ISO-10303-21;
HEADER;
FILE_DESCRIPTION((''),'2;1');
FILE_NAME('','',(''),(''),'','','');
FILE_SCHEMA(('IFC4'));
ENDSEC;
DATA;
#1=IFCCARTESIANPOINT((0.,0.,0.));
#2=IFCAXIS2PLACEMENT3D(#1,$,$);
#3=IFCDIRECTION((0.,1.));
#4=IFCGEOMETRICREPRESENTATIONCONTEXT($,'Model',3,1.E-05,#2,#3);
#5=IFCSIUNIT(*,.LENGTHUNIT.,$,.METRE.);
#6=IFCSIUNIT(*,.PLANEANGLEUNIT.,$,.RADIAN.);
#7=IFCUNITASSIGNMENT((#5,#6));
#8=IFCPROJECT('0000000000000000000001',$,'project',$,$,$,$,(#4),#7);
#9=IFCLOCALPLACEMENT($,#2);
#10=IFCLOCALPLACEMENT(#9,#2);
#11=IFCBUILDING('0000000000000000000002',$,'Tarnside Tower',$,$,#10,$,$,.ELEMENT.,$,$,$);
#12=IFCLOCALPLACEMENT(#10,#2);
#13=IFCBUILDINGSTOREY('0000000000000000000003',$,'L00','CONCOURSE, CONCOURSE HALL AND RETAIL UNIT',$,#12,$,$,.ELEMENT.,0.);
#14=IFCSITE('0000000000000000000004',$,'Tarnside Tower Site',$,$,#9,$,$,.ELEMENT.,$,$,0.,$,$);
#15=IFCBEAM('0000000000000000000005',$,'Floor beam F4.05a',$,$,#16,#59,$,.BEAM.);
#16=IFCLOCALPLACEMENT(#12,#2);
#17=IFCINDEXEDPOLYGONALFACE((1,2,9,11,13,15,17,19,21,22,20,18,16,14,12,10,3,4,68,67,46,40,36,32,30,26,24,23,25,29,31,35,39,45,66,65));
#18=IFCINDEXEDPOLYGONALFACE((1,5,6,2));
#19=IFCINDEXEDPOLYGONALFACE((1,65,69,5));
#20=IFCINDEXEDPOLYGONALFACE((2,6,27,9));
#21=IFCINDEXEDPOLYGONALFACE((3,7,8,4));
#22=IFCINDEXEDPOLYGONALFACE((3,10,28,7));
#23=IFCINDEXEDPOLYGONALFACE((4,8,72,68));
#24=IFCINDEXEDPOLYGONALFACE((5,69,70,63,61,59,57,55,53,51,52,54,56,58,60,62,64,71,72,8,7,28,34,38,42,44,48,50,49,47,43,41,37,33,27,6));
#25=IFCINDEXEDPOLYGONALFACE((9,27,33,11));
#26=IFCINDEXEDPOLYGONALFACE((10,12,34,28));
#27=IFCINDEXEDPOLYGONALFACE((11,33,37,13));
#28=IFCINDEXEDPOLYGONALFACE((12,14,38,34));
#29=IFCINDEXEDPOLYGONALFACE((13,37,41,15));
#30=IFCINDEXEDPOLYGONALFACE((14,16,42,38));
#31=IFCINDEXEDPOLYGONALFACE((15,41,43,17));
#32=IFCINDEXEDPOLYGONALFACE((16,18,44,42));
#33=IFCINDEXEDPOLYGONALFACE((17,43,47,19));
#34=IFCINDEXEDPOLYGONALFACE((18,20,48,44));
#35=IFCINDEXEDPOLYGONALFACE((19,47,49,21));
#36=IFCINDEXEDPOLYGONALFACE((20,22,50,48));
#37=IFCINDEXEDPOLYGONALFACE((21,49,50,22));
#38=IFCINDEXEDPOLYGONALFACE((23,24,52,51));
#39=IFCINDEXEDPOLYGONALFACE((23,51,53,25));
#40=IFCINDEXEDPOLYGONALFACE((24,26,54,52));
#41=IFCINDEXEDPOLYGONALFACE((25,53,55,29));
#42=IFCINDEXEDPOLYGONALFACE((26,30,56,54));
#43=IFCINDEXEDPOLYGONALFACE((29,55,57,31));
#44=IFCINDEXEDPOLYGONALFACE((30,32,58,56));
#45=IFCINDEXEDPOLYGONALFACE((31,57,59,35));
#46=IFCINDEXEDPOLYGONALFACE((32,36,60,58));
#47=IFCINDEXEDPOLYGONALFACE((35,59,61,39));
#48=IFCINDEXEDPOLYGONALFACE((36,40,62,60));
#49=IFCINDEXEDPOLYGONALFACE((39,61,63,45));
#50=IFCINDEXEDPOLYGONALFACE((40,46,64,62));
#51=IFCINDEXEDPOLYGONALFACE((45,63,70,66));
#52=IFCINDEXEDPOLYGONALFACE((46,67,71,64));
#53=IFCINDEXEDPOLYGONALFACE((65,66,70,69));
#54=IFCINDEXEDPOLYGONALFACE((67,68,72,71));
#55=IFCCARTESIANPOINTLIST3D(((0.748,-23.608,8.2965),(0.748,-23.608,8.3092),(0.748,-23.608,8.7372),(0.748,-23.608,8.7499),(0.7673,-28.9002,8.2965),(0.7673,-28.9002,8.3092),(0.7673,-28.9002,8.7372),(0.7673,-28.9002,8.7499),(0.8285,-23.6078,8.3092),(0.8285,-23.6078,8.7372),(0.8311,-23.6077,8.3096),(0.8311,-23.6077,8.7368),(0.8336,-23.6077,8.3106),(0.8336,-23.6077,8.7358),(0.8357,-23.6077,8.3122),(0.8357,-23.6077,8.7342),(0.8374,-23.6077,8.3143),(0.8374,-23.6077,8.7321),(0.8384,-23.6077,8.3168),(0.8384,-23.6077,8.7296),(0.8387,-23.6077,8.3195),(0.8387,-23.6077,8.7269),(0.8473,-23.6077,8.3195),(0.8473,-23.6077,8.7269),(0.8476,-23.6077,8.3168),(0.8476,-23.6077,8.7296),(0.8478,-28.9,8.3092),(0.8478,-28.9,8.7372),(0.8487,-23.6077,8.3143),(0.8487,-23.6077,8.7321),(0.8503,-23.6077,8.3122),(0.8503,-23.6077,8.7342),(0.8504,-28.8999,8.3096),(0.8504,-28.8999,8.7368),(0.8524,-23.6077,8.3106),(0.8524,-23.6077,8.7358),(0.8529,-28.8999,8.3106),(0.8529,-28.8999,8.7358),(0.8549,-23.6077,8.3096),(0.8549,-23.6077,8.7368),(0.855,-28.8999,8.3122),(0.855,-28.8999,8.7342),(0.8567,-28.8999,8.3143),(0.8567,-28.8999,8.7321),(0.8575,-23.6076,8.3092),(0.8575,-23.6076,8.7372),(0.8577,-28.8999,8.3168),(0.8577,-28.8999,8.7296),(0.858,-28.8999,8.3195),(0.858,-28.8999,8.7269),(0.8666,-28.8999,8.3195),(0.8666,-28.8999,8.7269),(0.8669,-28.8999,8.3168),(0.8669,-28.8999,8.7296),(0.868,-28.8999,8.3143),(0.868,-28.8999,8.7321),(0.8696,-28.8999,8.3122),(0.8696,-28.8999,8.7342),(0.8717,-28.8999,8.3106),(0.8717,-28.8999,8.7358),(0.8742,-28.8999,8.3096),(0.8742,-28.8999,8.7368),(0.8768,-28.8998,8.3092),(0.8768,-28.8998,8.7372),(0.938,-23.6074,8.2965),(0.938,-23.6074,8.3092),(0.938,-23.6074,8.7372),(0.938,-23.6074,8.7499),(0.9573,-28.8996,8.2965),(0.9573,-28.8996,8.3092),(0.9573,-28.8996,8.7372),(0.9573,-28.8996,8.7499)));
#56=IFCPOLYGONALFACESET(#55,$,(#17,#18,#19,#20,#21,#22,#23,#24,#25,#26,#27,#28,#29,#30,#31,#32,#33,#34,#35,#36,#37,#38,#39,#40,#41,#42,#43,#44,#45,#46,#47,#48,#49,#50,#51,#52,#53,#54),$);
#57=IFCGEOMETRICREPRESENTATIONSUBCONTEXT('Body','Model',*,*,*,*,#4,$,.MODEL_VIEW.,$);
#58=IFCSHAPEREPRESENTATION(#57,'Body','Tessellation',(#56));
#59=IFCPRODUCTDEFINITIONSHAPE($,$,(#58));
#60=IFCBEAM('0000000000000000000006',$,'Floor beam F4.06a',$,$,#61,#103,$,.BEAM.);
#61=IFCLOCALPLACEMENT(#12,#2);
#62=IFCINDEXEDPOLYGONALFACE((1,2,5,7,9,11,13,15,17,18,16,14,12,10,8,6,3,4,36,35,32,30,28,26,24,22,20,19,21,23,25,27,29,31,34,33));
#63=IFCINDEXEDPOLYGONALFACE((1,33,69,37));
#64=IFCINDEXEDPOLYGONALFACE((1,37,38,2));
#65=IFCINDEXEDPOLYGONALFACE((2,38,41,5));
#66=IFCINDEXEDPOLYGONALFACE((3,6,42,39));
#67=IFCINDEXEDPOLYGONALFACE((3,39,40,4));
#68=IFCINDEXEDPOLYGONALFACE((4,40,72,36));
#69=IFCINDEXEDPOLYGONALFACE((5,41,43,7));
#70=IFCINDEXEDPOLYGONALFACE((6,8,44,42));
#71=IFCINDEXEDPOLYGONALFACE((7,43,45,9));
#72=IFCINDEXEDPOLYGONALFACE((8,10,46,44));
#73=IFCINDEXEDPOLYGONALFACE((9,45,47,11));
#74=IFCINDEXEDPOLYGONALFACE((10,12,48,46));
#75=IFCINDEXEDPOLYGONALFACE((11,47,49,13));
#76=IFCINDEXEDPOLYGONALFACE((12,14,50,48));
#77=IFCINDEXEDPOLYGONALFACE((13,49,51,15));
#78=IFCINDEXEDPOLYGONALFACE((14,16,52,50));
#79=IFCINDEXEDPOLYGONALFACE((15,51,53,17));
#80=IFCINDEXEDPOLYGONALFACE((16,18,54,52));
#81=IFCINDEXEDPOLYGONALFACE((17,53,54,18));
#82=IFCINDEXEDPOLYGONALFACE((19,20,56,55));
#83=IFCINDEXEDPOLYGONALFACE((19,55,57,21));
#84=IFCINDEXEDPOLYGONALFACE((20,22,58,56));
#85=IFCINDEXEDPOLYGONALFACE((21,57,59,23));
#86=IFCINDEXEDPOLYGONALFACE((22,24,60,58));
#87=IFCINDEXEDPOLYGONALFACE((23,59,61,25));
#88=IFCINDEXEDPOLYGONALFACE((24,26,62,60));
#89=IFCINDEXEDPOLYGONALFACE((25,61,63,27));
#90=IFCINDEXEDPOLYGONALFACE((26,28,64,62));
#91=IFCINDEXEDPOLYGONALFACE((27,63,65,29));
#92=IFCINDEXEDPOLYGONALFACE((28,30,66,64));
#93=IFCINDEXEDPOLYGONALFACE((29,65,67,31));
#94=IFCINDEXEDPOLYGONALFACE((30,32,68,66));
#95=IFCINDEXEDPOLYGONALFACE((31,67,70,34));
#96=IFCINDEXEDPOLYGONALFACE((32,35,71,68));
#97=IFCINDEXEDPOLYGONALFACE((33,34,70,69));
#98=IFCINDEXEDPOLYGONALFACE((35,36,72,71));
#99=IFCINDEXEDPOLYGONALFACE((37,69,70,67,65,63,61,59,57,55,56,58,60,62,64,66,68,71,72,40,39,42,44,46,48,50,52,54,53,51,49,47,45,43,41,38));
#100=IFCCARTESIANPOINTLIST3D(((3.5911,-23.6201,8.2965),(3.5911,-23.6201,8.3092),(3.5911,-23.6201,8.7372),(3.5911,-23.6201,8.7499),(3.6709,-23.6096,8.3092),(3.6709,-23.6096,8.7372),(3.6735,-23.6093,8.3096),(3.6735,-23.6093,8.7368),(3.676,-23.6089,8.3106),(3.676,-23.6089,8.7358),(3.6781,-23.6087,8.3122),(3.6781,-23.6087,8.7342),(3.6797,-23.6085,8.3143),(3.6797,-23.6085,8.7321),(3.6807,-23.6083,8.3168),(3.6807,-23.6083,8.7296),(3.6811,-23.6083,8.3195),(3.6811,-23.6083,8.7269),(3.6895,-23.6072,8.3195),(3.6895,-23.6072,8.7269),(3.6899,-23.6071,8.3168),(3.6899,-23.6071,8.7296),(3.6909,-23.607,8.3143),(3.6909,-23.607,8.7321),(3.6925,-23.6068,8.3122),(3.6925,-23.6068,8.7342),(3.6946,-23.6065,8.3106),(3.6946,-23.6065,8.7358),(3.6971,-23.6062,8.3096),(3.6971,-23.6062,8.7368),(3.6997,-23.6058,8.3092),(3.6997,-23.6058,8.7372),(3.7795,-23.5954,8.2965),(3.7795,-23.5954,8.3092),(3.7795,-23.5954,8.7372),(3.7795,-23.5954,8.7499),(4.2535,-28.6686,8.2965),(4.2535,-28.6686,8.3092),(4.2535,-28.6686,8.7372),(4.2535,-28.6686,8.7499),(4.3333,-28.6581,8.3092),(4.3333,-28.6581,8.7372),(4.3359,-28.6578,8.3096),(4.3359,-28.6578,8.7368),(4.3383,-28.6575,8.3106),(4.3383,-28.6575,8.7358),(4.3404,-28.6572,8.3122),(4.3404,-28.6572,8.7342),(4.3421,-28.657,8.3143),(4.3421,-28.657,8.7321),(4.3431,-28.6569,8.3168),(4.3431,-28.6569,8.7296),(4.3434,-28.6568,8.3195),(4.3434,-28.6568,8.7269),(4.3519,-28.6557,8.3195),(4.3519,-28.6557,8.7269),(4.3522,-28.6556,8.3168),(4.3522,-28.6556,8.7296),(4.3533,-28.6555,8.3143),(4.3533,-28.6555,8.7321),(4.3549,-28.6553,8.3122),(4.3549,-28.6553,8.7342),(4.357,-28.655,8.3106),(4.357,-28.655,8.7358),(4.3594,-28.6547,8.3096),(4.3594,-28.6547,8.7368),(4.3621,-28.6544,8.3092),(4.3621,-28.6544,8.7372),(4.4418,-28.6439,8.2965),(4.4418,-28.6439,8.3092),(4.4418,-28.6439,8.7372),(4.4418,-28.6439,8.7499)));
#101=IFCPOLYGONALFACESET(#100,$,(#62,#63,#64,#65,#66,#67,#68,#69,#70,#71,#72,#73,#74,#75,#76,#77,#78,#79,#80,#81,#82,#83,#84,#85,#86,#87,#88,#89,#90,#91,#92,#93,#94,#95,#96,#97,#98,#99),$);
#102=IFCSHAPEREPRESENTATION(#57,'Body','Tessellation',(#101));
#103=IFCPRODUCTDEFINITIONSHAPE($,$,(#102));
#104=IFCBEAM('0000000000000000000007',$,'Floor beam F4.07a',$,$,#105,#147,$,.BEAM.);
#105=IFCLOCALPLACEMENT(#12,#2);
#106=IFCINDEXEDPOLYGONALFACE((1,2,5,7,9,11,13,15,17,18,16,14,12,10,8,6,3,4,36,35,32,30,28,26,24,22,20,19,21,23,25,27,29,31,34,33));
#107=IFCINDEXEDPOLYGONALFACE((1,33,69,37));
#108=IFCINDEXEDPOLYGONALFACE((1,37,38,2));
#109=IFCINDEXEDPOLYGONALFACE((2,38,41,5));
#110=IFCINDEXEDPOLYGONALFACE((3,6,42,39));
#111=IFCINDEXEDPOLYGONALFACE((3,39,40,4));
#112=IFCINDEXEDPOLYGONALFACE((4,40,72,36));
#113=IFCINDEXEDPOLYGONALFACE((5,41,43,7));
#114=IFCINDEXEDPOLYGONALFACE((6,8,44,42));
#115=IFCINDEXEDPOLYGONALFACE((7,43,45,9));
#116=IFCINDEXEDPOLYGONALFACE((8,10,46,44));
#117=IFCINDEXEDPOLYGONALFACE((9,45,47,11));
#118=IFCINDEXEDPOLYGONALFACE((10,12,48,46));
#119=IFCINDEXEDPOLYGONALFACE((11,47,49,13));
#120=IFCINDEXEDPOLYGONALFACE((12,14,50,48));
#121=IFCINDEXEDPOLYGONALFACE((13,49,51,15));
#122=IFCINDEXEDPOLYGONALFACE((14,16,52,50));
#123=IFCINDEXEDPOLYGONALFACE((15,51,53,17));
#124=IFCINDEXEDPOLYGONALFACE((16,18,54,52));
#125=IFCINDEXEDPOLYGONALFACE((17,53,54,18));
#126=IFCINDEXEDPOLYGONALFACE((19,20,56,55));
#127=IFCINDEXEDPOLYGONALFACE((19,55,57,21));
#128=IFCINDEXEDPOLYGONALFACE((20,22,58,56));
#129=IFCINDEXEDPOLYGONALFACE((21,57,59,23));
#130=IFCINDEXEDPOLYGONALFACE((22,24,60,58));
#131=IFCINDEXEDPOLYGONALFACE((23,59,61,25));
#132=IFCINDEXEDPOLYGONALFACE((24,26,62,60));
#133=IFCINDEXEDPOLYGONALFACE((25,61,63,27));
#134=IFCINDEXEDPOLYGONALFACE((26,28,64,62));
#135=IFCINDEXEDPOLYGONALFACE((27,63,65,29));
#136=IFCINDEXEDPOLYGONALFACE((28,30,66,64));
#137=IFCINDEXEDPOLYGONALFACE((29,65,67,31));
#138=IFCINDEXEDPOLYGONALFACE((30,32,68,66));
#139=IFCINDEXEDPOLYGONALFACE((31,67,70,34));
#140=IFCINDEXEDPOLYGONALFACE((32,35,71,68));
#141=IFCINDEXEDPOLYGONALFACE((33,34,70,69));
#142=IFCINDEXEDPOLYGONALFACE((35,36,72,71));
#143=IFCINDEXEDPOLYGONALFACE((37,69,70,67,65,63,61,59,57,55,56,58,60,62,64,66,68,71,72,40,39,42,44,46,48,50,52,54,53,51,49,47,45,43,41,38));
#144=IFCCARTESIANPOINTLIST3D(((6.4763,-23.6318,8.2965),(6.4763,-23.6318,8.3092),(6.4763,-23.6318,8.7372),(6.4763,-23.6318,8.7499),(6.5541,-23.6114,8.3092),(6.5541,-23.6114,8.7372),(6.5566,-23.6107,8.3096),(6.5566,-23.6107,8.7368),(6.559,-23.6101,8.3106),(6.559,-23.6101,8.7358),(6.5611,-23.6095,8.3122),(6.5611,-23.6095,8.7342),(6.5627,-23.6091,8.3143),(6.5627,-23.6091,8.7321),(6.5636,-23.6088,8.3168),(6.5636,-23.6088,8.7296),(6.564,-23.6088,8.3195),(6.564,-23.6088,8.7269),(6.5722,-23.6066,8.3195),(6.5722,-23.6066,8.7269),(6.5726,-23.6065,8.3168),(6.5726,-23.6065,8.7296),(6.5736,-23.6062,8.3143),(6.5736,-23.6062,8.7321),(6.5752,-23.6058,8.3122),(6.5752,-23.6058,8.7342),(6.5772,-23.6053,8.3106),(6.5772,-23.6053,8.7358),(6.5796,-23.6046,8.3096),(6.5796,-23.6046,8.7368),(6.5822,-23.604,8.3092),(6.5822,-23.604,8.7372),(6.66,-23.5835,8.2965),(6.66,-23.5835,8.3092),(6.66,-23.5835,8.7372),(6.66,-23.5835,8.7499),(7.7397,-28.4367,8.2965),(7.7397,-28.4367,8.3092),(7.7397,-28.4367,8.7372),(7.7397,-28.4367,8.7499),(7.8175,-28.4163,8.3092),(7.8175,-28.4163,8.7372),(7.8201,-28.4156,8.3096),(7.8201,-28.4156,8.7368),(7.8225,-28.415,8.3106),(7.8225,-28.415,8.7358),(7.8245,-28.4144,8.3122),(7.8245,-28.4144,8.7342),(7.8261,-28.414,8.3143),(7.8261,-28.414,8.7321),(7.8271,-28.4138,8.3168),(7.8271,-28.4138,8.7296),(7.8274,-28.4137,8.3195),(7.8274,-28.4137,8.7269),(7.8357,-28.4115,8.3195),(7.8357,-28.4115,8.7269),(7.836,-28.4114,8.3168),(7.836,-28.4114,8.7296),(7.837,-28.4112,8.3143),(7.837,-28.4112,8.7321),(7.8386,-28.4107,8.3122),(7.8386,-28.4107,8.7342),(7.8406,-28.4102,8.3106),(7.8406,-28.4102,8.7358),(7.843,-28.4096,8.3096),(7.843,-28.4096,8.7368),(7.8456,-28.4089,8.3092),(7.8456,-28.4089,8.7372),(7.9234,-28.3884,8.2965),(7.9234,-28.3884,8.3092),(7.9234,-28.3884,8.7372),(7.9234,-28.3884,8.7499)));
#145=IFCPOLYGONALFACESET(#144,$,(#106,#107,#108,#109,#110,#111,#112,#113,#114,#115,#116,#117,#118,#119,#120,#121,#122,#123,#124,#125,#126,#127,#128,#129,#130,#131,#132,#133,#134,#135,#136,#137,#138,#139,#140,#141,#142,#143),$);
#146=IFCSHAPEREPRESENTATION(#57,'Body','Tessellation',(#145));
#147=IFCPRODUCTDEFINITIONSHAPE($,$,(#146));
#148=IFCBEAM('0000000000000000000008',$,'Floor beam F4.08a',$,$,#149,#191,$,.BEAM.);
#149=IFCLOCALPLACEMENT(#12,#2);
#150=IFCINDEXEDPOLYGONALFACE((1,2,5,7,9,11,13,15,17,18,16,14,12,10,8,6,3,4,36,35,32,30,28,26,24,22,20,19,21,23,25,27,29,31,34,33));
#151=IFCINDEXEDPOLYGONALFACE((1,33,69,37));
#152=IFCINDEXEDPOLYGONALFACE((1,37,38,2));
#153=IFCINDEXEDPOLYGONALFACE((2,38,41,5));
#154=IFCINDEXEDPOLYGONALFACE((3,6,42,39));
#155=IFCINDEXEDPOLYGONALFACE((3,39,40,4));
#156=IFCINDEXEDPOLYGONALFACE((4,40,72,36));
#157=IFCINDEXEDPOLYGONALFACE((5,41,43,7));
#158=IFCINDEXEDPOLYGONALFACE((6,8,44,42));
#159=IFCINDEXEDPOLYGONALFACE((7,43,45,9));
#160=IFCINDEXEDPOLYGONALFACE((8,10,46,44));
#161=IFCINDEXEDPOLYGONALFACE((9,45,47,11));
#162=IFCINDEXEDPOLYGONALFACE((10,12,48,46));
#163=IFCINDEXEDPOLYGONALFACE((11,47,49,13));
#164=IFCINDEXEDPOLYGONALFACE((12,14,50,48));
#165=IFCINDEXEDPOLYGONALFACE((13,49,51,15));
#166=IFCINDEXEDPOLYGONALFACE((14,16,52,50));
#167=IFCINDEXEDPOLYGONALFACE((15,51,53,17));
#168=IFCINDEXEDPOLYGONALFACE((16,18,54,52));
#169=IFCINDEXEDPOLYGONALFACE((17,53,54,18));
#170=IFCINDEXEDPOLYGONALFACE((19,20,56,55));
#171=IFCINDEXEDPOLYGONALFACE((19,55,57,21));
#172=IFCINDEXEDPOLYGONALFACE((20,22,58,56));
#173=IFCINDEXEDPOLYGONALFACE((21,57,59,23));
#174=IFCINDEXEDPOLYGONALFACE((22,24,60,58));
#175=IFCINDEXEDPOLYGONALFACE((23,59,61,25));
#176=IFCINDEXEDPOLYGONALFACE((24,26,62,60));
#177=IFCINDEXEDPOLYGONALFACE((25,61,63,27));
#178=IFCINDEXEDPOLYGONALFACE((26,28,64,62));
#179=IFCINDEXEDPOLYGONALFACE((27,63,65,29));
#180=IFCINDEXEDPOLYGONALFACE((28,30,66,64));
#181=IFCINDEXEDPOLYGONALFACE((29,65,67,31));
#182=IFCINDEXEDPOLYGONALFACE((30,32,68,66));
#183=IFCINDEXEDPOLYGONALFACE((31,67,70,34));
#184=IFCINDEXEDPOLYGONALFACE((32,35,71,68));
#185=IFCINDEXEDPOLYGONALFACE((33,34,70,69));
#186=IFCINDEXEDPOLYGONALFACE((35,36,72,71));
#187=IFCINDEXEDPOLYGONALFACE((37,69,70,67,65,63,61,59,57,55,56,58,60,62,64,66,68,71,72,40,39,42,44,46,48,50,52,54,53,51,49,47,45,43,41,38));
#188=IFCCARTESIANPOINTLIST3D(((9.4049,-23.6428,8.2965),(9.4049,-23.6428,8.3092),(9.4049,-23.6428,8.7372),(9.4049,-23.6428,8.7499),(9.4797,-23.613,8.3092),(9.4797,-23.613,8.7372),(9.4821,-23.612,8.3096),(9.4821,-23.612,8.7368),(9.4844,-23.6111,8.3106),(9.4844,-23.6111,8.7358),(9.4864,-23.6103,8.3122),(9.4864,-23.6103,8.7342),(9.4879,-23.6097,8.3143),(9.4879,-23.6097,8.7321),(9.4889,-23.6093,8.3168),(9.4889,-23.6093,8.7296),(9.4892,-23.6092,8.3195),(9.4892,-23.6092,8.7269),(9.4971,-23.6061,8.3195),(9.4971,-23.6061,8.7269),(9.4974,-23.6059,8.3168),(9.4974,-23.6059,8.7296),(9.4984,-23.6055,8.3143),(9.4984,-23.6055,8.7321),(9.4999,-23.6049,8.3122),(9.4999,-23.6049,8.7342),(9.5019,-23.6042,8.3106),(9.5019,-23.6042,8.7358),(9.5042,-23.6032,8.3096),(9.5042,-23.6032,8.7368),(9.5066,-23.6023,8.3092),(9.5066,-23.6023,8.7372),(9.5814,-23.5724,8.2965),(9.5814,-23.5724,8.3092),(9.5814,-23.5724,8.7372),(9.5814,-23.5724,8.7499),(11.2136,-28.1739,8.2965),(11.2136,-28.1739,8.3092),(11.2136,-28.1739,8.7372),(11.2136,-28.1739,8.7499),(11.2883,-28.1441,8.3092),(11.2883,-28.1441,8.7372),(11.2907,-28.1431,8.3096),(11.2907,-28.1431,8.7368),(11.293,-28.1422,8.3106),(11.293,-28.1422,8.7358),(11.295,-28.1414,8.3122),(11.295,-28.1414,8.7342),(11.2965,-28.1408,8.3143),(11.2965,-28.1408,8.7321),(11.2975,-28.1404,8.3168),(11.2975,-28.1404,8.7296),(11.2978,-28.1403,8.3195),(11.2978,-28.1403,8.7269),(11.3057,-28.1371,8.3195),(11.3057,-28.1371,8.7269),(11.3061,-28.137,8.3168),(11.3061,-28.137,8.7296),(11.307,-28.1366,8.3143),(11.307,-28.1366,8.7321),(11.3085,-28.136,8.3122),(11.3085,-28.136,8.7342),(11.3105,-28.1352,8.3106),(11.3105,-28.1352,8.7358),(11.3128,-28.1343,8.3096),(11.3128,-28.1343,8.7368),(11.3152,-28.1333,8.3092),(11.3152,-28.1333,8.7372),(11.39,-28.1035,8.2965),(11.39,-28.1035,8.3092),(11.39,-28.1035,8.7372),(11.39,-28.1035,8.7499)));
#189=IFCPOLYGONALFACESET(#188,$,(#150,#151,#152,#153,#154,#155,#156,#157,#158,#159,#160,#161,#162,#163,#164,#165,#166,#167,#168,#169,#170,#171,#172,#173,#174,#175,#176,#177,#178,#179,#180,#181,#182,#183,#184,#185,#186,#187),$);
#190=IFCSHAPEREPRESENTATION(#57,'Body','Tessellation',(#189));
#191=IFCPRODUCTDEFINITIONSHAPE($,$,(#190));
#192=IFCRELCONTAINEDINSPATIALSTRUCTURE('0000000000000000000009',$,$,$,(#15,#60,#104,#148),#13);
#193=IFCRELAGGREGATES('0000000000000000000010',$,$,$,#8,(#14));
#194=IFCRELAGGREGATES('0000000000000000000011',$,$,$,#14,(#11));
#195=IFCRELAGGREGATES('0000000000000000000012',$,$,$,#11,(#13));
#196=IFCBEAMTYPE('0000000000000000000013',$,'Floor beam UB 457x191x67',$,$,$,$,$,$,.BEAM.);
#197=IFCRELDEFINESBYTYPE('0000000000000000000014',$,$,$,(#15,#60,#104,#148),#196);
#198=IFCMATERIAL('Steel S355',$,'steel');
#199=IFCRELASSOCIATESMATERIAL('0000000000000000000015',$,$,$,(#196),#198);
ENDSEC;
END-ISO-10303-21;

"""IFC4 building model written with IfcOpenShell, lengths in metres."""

from ifc_helpers import new_model, si_unit, direction, frame, origin, origin_2d, place, context, subcontext, project, spatial, i_section, extrude, material, material_profile, profile_set, type_object, element, save


model = new_model("IFC4")

# Units and contexts
model_context = context("Model", 3, precision=1e-05, world=origin(), true_north=direction((0.0, 1.0)))
body_context = subcontext(model_context, "Body", "Model", "MODEL_VIEW")
ifc_project = project(units=[si_unit("LENGTHUNIT", "METRE"), si_unit("PLANEANGLEUNIT", "RADIAN")], contexts=[model_context])

# Site, building, storey
site_placement = place(None, origin())
site = spatial("IfcSite", under=ifc_project, at=site_placement, Name="Tarnside Tower Site", CompositionType="ELEMENT", RefElevation=0.0)
building_placement = place(site_placement, origin())
building = spatial("IfcBuilding", under=site, at=building_placement, Name="Tarnside Tower", CompositionType="ELEMENT")
storey_placement = place(building_placement, origin())
storey = spatial("IfcBuildingStorey", under=building, at=storey_placement, Name="L00", Description="CONCOURSE, CONCOURSE HALL AND RETAIL UNIT", CompositionType="ELEMENT", Elevation=0.0)

# Beams
ifc_material_1 = material(Name="Steel S355", Category="steel")
ifc_material_profile_1 = material_profile(ifc_material_1, i_section(OverallWidth=0.1899, OverallDepth=0.4534, WebThickness=0.0085, FlangeThickness=0.0127, FilletRadius=0.0103, at=origin_2d()), Name="UB 457x191x67")
ifc_profile_set_1 = profile_set([ifc_material_profile_1], Name="Steel S355")
beam_type_1 = type_object("IfcBeamType", Name="Floor beam UB 457x191x67", PredefinedType="BEAM", material=ifc_profile_set_1)
beam_1_placement = place(storey_placement, frame((0.8623, -28.8999, 8.5232), z_axis=(-0.003644, 0.999993, 0.0), x_axis=(-0.999993, -0.003644, 0.0)))
element("IfcBeam", 1, at=beam_1_placement, inside=storey, type_object=beam_type_1, Name="Floor beam F4.05a", PredefinedType="BEAM", context=body_context, shape_type="SweptSolid", body=[
    extrude(i_section(OverallWidth=0.1899, OverallDepth=0.4534, WebThickness=0.0085, FlangeThickness=0.0127, FilletRadius=0.0103, at=origin_2d()), origin(), (0.0, 0.0, 1.0), 5.2922),
])
beam_2_placement = place(storey_placement, frame((4.3477, -28.6562, 8.5232), z_axis=(-0.130081, 0.991503, 0.0), x_axis=(-0.991503, -0.130081, 0.0)))
element("IfcBeam", 2, at=beam_2_placement, inside=storey, type_object=beam_type_1, Name="Floor beam F4.06a", PredefinedType="BEAM", context=body_context, shape_type="SweptSolid", body=[
    extrude(i_section(OverallWidth=0.1899, OverallDepth=0.4534, WebThickness=0.0085, FlangeThickness=0.0127, FilletRadius=0.0103, at=origin_2d()), origin(), (0.0, 0.0, 1.0), 5.0918),
])
beam_3_placement = place(storey_placement, frame((7.8315, -28.4126, 8.5232), z_axis=(-0.2543, 0.967125, 0.0), x_axis=(-0.967125, -0.2543, 0.0)))
element("IfcBeam", 3, at=beam_3_placement, inside=storey, type_object=beam_type_1, Name="Floor beam F4.07a", PredefinedType="BEAM", context=body_context, shape_type="SweptSolid", body=[
    extrude(i_section(OverallWidth=0.1899, OverallDepth=0.4534, WebThickness=0.0085, FlangeThickness=0.0127, FilletRadius=0.0103, at=origin_2d()), origin(), (0.0, 0.0, 1.0), 4.9683),
])
beam_4_placement = place(storey_placement, frame((11.3018, -28.1387, 8.5232), z_axis=(-0.370718, 0.928746, 0.0), x_axis=(-0.928746, -0.370718, 0.0)))
element("IfcBeam", 4, at=beam_4_placement, inside=storey, type_object=beam_type_1, Name="Floor beam F4.08a", PredefinedType="BEAM", context=body_context, shape_type="SweptSolid", body=[
    extrude(i_section(OverallWidth=0.1899, OverallDepth=0.4534, WebThickness=0.0085, FlangeThickness=0.0127, FilletRadius=0.0103, at=origin_2d()), origin(), (0.0, 0.0, 1.0), 4.8787),
])

save(model, "model.ifc")
